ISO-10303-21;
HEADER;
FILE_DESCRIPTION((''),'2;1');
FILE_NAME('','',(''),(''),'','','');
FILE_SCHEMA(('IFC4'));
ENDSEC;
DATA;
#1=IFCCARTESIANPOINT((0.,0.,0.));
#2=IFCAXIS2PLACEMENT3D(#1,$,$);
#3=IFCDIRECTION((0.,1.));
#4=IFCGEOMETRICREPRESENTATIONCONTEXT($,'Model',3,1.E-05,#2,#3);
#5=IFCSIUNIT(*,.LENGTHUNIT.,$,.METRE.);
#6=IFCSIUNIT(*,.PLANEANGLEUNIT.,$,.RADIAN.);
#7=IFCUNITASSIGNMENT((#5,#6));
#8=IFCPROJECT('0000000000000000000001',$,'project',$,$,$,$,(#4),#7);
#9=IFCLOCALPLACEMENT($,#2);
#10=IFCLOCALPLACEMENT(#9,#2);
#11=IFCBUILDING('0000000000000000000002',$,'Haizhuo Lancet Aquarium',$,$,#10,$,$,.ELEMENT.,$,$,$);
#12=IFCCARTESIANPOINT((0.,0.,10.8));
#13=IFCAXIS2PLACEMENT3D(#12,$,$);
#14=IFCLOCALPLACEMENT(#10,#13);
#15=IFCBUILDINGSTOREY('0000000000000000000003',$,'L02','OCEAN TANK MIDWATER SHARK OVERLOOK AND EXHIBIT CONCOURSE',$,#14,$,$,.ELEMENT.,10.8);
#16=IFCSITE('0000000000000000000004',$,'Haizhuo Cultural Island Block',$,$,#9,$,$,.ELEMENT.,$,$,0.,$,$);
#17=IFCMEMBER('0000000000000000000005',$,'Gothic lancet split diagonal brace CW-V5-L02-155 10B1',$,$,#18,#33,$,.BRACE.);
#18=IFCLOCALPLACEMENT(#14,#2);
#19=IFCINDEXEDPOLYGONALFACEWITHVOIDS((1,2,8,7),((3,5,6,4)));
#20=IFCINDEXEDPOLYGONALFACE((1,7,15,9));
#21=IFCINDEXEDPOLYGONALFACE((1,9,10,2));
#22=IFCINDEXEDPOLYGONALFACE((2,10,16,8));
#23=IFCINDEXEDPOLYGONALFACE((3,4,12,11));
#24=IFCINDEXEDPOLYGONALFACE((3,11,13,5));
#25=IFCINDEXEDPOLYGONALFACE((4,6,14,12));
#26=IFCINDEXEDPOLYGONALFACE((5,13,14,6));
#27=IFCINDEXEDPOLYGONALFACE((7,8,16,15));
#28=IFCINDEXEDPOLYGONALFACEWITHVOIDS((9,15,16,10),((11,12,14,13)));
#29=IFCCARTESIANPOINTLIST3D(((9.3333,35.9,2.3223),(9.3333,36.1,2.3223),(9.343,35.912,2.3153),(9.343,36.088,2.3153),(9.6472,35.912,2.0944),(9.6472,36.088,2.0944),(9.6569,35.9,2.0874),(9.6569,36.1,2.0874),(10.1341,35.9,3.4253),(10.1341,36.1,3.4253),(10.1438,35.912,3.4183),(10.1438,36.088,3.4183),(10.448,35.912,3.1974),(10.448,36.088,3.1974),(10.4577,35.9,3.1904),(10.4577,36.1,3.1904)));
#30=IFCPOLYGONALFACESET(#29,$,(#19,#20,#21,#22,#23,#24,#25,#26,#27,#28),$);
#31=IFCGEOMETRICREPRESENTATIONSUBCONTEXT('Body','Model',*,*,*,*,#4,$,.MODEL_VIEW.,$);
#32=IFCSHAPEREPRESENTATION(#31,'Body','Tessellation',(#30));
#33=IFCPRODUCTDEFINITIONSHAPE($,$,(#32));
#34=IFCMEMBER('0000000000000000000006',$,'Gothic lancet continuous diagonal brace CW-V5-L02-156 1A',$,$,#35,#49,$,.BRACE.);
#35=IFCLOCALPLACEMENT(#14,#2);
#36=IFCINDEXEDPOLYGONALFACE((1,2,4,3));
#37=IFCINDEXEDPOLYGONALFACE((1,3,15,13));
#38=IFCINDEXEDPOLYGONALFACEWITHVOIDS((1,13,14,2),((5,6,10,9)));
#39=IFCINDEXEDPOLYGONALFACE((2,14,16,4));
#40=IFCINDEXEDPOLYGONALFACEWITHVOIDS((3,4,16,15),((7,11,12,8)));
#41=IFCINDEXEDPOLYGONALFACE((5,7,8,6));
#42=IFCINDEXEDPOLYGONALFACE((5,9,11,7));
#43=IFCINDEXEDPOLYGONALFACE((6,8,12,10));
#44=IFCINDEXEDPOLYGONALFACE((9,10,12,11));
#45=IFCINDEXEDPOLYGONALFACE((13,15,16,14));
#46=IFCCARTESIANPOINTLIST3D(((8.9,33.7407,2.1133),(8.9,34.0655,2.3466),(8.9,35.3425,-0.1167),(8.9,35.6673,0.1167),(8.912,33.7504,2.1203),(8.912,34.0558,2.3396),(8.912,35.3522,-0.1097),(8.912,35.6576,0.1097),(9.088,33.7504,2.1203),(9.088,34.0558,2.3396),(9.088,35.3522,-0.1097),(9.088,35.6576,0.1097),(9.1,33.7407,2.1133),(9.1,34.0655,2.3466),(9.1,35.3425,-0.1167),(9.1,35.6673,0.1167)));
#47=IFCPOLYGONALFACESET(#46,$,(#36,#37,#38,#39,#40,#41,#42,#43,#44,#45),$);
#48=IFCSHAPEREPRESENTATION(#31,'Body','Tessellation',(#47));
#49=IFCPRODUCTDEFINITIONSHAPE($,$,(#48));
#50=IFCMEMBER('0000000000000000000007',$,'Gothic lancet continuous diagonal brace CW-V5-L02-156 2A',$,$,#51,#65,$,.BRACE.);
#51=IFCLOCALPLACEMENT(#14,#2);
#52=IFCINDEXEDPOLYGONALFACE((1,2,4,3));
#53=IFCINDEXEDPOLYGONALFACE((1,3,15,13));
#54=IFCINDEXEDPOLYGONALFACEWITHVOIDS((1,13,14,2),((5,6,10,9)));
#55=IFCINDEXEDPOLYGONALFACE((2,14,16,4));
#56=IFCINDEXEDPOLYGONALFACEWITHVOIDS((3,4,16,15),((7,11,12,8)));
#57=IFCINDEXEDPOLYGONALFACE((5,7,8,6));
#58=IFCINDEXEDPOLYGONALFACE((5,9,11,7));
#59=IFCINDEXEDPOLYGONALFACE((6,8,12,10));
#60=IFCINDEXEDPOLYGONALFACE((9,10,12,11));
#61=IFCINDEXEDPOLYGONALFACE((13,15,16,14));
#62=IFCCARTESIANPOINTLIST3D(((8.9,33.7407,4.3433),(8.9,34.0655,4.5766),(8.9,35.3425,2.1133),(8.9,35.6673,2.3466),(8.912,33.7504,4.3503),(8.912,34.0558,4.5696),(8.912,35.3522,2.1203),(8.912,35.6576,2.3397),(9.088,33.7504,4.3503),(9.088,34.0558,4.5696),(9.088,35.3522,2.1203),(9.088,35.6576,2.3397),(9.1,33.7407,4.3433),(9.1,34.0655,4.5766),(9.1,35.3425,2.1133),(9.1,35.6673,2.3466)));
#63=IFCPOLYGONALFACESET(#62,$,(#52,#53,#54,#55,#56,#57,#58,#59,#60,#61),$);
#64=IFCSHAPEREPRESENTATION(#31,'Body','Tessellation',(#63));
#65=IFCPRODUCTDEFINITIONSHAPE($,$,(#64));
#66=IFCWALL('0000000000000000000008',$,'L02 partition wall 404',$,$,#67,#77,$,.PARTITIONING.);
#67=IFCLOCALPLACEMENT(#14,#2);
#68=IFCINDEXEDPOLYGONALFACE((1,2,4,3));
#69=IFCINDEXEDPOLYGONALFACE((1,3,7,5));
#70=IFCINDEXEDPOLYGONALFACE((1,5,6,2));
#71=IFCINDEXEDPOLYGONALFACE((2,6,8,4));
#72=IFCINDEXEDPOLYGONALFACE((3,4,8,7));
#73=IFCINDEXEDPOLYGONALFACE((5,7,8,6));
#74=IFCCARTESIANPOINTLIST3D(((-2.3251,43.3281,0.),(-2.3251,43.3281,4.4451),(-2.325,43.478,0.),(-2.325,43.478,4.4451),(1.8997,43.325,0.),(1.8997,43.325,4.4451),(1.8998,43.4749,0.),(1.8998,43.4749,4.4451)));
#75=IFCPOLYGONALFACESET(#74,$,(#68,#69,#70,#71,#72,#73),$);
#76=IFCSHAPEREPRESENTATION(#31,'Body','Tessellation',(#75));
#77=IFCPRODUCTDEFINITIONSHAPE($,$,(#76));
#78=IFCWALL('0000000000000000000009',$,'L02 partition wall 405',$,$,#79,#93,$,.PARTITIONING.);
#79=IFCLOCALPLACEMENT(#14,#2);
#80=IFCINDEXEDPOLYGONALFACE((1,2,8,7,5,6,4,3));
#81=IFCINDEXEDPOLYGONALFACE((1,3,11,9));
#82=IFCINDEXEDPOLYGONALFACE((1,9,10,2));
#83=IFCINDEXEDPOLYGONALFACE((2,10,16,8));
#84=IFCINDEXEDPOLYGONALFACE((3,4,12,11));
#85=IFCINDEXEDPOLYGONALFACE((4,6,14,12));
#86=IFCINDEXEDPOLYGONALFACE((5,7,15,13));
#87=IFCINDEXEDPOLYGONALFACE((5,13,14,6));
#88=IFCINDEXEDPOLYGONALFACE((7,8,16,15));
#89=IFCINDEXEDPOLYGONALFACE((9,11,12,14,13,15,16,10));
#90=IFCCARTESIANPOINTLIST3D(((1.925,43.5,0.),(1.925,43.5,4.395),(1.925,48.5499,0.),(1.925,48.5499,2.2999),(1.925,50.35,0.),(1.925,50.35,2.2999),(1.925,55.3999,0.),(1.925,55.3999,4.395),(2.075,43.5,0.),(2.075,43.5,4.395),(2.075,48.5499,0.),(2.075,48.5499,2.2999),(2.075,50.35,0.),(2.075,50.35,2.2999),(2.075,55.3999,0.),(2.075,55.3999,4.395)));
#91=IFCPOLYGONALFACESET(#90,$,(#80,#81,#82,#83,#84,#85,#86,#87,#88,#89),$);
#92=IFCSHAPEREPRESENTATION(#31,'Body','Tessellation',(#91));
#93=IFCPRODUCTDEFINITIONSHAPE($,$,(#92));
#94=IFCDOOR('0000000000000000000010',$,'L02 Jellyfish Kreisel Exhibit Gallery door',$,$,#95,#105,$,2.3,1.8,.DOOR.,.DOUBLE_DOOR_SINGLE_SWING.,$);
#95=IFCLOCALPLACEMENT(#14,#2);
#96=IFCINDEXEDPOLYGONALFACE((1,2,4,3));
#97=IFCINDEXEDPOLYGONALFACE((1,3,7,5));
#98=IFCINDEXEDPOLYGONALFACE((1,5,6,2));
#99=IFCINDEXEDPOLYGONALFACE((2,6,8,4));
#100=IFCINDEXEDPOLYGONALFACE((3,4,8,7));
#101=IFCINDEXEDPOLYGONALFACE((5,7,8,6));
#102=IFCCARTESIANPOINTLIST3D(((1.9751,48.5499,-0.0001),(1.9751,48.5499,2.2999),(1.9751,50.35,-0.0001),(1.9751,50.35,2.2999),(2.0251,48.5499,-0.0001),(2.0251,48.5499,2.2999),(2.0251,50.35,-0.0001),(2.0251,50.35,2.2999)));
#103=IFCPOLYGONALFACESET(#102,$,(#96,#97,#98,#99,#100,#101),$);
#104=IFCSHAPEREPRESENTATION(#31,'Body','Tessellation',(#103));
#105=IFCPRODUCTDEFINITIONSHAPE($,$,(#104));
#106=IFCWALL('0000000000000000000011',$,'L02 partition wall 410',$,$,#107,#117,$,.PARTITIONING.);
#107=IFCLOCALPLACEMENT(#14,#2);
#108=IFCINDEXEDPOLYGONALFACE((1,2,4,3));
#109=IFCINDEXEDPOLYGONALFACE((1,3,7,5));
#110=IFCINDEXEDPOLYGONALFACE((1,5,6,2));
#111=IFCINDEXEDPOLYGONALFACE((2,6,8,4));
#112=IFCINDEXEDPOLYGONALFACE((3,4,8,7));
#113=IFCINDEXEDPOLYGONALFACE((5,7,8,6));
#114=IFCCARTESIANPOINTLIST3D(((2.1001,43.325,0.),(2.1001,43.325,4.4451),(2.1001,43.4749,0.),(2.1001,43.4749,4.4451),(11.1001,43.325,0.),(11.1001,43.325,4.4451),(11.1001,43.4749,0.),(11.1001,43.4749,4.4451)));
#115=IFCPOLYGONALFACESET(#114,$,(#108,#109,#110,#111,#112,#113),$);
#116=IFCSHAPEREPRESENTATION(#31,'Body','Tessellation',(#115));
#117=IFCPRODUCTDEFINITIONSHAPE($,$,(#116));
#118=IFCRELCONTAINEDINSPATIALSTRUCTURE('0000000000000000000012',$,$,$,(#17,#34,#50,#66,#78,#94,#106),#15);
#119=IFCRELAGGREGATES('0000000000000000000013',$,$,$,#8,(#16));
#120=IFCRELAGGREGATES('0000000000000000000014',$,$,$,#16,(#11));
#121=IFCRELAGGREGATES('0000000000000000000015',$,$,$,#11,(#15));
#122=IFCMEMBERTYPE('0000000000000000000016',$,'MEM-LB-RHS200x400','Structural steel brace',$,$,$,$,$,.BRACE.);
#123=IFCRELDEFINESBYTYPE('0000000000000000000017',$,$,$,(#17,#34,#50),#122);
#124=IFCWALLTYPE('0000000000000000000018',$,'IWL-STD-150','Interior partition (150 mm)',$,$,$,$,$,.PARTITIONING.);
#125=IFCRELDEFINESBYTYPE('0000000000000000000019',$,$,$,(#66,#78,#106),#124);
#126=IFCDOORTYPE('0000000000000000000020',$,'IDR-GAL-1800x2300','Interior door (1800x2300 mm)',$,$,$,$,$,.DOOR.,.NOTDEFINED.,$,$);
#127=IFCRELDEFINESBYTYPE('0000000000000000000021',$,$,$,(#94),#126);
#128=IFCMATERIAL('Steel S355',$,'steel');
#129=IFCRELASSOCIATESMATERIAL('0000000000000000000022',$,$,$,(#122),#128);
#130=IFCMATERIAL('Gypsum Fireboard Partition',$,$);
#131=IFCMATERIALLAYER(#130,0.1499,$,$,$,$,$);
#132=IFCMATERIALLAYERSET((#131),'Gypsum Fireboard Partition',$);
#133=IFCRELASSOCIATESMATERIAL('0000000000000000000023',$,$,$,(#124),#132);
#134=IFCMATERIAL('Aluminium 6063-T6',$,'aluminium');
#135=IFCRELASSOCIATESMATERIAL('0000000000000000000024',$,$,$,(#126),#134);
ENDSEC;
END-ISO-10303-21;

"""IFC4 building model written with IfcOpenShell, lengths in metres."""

from ifc_helpers import new_model, si_unit, direction, frame, frame_2d, origin, origin_2d, place, context, subcontext, project, spatial, rectangle, hollow_rectangle, extrude, material, layer, layer_set, material_profile, profile_set, type_object, element, fill, save


model = new_model("IFC4")

# Units and contexts
model_context = context("Model", 3, precision=1e-05, world=origin(), true_north=direction((0.0, 1.0)))
body_context = subcontext(model_context, "Body", "Model", "MODEL_VIEW")
ifc_project = project(units=[si_unit("LENGTHUNIT", "METRE"), si_unit("PLANEANGLEUNIT", "RADIAN")], contexts=[model_context])

# Site, building, storey
site_placement = place(None, origin())
site = spatial("IfcSite", under=ifc_project, at=site_placement, Name="Haizhuo Cultural Island Block", CompositionType="ELEMENT", RefElevation=0.0)
building_placement = place(site_placement, origin())
building = spatial("IfcBuilding", under=site, at=building_placement, Name="Haizhuo Lancet Aquarium", CompositionType="ELEMENT")
storey_placement = place(building_placement, frame((0.0, 0.0, 10.8)))
storey = spatial("IfcBuildingStorey", under=building, at=storey_placement, Name="L02", Description="OCEAN TANK MIDWATER SHARK OVERLOOK AND EXHIBIT CONCOURSE", CompositionType="ELEMENT", Elevation=10.8)

# Shared definitions
ifc_material_1 = material(Name="Aluminium 6063-T6", Category="aluminium")

# Shared definitions
ifc_material_2 = material(Name="Steel S355", Category="steel")

# Members
ifc_material_profile_1 = material_profile(ifc_material_2, hollow_rectangle(XDim=0.2, YDim=0.3999, WallThickness=0.012, at=origin_2d()), Name="RHS 200x400x12")
ifc_profile_set_1 = profile_set([ifc_material_profile_1], Name="Steel S355")
member_type_1 = type_object("IfcMemberType", Name="MEM-LB-RHS200x400", Description="Structural steel brace", PredefinedType="BRACE", material=ifc_profile_set_1)
for number, where, z_axis, x_axis, name in (
    (1, (9.4951, 36.0, 2.2048), (0.58749, 0.0, 0.809232), (0.0, 1.0, 0.0), "Gothic lancet split diagonal brace CW-V5-L02-155 10B1"),
):
    element("IfcMember", number, at=place(storey_placement, frame(where, z_axis=z_axis, x_axis=x_axis)), inside=storey, type_object=member_type_1, Name=name, PredefinedType="BRACE", context=body_context, shape_type="SweptSolid", body=[
        extrude(hollow_rectangle(XDim=0.2, YDim=0.3999, WallThickness=0.012, at=origin_2d()), origin(), (0.0, 0.0, 1.0), 1.363),
    ])
for number, where, z_axis, x_axis, name in (
    (2, (9.0, 35.5049, 0.0), (0.0, -0.583398, 0.812187), (1.0, 0.0, 0.0), "Gothic lancet continuous diagonal brace CW-V5-L02-156 1A"),
    (3, (9.0, 35.5049, 2.23), (0.0, -0.583398, 0.812187), (1.0, 0.0, 0.0), "Gothic lancet continuous diagonal brace CW-V5-L02-156 2A"),
):
    element("IfcMember", number, at=place(storey_placement, frame(where, z_axis=z_axis, x_axis=x_axis)), inside=storey, type_object=member_type_1, Name=name, PredefinedType="BRACE", context=body_context, shape_type="SweptSolid", body=[
        extrude(hollow_rectangle(XDim=0.2, YDim=0.3999, WallThickness=0.012, at=origin_2d()), origin(), (0.0, 0.0, 1.0), 2.7456),
    ])

# Wall
ifc_material_3 = material(Name="Gypsum Fireboard Partition")
ifc_layer = layer(ifc_material_3, 0.1499)
ifc_layer_set = layer_set([ifc_layer], Name="Gypsum Fireboard Partition")
wall_type = type_object("IfcWallType", Name="IWL-STD-150", Description="Interior partition (150 mm)", PredefinedType="PARTITIONING", material=ifc_layer_set)
wall_1_placement = place(storey_placement, frame((-2.325, 43.4031, 0.0), z_axis=(0.0, 0.0, 1.0), x_axis=(1.0, -0.000751, 0.0)))
element("IfcWall", 4, at=wall_1_placement, inside=storey, type_object=wall_type, Name="L02 partition wall 404", PredefinedType="PARTITIONING", context=body_context, shape_type="SweptSolid", body=[
    extrude(rectangle(XDim=4.2249, YDim=0.1499, at=frame_2d((2.1123, 0.0))), origin(), (0.0, 0.0, 1.0), 4.4451),
])

# Wall, opening, door
wall_2_placement = place(storey_placement, frame((2.0, 43.5, 0.0), z_axis=(0.0, 0.0, 1.0), x_axis=(0.0, 1.0, 0.0)))
wall_2 = element("IfcWall", 5, at=wall_2_placement, inside=storey, type_object=wall_type, Name="L02 partition wall 405", PredefinedType="PARTITIONING", context=body_context, shape_type="SweptSolid", body=[
    extrude(rectangle(XDim=11.8999, YDim=0.1499, at=frame_2d((5.95, 0.0))), origin(), (0.0, 0.0, 1.0), 4.395),
])
opening_placement = place(wall_2_placement, frame((5.05, 0.0, 0.0)))
opening = element("IfcOpeningElement", 6, at=opening_placement, cuts=wall_2, PredefinedType="OPENING", context=body_context, shape_type="SweptSolid", body=[
    extrude(rectangle(XDim=1.8, YDim=2.3, at=frame_2d((0.8999, 1.1499))), frame((0.0, 0.085, 0.0), z_axis=(0.0, -1.0, 0.0), x_axis=(1.0, 0.0, 0.0)), (0.0, 0.0, 1.0), 0.1699),
])
door_type = type_object("IfcDoorType", Name="IDR-GAL-1800x2300", Description="Interior door (1800x2300 mm)", OperationType="NOTDEFINED", PredefinedType="DOOR", material=ifc_material_1)
door_placement = place(opening_placement, origin())
door = element("IfcDoor", 7, at=door_placement, inside=storey, type_object=door_type, Name="L02 Jellyfish Kreisel Exhibit Gallery door", OperationType="DOUBLE_DOOR_SINGLE_SWING", OverallHeight=2.3, OverallWidth=1.8, PredefinedType="DOOR", context=body_context, shape_type="SweptSolid", body=[
    extrude(rectangle(XDim=1.8, YDim=2.3, at=frame_2d((0.8999, 1.1499))), frame((0.0, 0.0249, 0.0), z_axis=(0.0, -1.0, 0.0), x_axis=(1.0, 0.0, 0.0)), (0.0, 0.0, 1.0), 0.05),
])
fill(opening, door)

# Wall
wall_3_placement = place(storey_placement, frame((2.1001, 43.3999, 0.0), z_axis=(0.0, 0.0, 1.0), x_axis=(1.0, 0.0, 0.0)))
element("IfcWall", 8, at=wall_3_placement, inside=storey, type_object=wall_type, Name="L02 partition wall 410", PredefinedType="PARTITIONING", context=body_context, shape_type="SweptSolid", body=[
    extrude(rectangle(XDim=9.0, YDim=0.1499, at=frame_2d((4.5, 0.0))), origin(), (0.0, 0.0, 1.0), 4.4451),
])

save(model, "model.ifc")
